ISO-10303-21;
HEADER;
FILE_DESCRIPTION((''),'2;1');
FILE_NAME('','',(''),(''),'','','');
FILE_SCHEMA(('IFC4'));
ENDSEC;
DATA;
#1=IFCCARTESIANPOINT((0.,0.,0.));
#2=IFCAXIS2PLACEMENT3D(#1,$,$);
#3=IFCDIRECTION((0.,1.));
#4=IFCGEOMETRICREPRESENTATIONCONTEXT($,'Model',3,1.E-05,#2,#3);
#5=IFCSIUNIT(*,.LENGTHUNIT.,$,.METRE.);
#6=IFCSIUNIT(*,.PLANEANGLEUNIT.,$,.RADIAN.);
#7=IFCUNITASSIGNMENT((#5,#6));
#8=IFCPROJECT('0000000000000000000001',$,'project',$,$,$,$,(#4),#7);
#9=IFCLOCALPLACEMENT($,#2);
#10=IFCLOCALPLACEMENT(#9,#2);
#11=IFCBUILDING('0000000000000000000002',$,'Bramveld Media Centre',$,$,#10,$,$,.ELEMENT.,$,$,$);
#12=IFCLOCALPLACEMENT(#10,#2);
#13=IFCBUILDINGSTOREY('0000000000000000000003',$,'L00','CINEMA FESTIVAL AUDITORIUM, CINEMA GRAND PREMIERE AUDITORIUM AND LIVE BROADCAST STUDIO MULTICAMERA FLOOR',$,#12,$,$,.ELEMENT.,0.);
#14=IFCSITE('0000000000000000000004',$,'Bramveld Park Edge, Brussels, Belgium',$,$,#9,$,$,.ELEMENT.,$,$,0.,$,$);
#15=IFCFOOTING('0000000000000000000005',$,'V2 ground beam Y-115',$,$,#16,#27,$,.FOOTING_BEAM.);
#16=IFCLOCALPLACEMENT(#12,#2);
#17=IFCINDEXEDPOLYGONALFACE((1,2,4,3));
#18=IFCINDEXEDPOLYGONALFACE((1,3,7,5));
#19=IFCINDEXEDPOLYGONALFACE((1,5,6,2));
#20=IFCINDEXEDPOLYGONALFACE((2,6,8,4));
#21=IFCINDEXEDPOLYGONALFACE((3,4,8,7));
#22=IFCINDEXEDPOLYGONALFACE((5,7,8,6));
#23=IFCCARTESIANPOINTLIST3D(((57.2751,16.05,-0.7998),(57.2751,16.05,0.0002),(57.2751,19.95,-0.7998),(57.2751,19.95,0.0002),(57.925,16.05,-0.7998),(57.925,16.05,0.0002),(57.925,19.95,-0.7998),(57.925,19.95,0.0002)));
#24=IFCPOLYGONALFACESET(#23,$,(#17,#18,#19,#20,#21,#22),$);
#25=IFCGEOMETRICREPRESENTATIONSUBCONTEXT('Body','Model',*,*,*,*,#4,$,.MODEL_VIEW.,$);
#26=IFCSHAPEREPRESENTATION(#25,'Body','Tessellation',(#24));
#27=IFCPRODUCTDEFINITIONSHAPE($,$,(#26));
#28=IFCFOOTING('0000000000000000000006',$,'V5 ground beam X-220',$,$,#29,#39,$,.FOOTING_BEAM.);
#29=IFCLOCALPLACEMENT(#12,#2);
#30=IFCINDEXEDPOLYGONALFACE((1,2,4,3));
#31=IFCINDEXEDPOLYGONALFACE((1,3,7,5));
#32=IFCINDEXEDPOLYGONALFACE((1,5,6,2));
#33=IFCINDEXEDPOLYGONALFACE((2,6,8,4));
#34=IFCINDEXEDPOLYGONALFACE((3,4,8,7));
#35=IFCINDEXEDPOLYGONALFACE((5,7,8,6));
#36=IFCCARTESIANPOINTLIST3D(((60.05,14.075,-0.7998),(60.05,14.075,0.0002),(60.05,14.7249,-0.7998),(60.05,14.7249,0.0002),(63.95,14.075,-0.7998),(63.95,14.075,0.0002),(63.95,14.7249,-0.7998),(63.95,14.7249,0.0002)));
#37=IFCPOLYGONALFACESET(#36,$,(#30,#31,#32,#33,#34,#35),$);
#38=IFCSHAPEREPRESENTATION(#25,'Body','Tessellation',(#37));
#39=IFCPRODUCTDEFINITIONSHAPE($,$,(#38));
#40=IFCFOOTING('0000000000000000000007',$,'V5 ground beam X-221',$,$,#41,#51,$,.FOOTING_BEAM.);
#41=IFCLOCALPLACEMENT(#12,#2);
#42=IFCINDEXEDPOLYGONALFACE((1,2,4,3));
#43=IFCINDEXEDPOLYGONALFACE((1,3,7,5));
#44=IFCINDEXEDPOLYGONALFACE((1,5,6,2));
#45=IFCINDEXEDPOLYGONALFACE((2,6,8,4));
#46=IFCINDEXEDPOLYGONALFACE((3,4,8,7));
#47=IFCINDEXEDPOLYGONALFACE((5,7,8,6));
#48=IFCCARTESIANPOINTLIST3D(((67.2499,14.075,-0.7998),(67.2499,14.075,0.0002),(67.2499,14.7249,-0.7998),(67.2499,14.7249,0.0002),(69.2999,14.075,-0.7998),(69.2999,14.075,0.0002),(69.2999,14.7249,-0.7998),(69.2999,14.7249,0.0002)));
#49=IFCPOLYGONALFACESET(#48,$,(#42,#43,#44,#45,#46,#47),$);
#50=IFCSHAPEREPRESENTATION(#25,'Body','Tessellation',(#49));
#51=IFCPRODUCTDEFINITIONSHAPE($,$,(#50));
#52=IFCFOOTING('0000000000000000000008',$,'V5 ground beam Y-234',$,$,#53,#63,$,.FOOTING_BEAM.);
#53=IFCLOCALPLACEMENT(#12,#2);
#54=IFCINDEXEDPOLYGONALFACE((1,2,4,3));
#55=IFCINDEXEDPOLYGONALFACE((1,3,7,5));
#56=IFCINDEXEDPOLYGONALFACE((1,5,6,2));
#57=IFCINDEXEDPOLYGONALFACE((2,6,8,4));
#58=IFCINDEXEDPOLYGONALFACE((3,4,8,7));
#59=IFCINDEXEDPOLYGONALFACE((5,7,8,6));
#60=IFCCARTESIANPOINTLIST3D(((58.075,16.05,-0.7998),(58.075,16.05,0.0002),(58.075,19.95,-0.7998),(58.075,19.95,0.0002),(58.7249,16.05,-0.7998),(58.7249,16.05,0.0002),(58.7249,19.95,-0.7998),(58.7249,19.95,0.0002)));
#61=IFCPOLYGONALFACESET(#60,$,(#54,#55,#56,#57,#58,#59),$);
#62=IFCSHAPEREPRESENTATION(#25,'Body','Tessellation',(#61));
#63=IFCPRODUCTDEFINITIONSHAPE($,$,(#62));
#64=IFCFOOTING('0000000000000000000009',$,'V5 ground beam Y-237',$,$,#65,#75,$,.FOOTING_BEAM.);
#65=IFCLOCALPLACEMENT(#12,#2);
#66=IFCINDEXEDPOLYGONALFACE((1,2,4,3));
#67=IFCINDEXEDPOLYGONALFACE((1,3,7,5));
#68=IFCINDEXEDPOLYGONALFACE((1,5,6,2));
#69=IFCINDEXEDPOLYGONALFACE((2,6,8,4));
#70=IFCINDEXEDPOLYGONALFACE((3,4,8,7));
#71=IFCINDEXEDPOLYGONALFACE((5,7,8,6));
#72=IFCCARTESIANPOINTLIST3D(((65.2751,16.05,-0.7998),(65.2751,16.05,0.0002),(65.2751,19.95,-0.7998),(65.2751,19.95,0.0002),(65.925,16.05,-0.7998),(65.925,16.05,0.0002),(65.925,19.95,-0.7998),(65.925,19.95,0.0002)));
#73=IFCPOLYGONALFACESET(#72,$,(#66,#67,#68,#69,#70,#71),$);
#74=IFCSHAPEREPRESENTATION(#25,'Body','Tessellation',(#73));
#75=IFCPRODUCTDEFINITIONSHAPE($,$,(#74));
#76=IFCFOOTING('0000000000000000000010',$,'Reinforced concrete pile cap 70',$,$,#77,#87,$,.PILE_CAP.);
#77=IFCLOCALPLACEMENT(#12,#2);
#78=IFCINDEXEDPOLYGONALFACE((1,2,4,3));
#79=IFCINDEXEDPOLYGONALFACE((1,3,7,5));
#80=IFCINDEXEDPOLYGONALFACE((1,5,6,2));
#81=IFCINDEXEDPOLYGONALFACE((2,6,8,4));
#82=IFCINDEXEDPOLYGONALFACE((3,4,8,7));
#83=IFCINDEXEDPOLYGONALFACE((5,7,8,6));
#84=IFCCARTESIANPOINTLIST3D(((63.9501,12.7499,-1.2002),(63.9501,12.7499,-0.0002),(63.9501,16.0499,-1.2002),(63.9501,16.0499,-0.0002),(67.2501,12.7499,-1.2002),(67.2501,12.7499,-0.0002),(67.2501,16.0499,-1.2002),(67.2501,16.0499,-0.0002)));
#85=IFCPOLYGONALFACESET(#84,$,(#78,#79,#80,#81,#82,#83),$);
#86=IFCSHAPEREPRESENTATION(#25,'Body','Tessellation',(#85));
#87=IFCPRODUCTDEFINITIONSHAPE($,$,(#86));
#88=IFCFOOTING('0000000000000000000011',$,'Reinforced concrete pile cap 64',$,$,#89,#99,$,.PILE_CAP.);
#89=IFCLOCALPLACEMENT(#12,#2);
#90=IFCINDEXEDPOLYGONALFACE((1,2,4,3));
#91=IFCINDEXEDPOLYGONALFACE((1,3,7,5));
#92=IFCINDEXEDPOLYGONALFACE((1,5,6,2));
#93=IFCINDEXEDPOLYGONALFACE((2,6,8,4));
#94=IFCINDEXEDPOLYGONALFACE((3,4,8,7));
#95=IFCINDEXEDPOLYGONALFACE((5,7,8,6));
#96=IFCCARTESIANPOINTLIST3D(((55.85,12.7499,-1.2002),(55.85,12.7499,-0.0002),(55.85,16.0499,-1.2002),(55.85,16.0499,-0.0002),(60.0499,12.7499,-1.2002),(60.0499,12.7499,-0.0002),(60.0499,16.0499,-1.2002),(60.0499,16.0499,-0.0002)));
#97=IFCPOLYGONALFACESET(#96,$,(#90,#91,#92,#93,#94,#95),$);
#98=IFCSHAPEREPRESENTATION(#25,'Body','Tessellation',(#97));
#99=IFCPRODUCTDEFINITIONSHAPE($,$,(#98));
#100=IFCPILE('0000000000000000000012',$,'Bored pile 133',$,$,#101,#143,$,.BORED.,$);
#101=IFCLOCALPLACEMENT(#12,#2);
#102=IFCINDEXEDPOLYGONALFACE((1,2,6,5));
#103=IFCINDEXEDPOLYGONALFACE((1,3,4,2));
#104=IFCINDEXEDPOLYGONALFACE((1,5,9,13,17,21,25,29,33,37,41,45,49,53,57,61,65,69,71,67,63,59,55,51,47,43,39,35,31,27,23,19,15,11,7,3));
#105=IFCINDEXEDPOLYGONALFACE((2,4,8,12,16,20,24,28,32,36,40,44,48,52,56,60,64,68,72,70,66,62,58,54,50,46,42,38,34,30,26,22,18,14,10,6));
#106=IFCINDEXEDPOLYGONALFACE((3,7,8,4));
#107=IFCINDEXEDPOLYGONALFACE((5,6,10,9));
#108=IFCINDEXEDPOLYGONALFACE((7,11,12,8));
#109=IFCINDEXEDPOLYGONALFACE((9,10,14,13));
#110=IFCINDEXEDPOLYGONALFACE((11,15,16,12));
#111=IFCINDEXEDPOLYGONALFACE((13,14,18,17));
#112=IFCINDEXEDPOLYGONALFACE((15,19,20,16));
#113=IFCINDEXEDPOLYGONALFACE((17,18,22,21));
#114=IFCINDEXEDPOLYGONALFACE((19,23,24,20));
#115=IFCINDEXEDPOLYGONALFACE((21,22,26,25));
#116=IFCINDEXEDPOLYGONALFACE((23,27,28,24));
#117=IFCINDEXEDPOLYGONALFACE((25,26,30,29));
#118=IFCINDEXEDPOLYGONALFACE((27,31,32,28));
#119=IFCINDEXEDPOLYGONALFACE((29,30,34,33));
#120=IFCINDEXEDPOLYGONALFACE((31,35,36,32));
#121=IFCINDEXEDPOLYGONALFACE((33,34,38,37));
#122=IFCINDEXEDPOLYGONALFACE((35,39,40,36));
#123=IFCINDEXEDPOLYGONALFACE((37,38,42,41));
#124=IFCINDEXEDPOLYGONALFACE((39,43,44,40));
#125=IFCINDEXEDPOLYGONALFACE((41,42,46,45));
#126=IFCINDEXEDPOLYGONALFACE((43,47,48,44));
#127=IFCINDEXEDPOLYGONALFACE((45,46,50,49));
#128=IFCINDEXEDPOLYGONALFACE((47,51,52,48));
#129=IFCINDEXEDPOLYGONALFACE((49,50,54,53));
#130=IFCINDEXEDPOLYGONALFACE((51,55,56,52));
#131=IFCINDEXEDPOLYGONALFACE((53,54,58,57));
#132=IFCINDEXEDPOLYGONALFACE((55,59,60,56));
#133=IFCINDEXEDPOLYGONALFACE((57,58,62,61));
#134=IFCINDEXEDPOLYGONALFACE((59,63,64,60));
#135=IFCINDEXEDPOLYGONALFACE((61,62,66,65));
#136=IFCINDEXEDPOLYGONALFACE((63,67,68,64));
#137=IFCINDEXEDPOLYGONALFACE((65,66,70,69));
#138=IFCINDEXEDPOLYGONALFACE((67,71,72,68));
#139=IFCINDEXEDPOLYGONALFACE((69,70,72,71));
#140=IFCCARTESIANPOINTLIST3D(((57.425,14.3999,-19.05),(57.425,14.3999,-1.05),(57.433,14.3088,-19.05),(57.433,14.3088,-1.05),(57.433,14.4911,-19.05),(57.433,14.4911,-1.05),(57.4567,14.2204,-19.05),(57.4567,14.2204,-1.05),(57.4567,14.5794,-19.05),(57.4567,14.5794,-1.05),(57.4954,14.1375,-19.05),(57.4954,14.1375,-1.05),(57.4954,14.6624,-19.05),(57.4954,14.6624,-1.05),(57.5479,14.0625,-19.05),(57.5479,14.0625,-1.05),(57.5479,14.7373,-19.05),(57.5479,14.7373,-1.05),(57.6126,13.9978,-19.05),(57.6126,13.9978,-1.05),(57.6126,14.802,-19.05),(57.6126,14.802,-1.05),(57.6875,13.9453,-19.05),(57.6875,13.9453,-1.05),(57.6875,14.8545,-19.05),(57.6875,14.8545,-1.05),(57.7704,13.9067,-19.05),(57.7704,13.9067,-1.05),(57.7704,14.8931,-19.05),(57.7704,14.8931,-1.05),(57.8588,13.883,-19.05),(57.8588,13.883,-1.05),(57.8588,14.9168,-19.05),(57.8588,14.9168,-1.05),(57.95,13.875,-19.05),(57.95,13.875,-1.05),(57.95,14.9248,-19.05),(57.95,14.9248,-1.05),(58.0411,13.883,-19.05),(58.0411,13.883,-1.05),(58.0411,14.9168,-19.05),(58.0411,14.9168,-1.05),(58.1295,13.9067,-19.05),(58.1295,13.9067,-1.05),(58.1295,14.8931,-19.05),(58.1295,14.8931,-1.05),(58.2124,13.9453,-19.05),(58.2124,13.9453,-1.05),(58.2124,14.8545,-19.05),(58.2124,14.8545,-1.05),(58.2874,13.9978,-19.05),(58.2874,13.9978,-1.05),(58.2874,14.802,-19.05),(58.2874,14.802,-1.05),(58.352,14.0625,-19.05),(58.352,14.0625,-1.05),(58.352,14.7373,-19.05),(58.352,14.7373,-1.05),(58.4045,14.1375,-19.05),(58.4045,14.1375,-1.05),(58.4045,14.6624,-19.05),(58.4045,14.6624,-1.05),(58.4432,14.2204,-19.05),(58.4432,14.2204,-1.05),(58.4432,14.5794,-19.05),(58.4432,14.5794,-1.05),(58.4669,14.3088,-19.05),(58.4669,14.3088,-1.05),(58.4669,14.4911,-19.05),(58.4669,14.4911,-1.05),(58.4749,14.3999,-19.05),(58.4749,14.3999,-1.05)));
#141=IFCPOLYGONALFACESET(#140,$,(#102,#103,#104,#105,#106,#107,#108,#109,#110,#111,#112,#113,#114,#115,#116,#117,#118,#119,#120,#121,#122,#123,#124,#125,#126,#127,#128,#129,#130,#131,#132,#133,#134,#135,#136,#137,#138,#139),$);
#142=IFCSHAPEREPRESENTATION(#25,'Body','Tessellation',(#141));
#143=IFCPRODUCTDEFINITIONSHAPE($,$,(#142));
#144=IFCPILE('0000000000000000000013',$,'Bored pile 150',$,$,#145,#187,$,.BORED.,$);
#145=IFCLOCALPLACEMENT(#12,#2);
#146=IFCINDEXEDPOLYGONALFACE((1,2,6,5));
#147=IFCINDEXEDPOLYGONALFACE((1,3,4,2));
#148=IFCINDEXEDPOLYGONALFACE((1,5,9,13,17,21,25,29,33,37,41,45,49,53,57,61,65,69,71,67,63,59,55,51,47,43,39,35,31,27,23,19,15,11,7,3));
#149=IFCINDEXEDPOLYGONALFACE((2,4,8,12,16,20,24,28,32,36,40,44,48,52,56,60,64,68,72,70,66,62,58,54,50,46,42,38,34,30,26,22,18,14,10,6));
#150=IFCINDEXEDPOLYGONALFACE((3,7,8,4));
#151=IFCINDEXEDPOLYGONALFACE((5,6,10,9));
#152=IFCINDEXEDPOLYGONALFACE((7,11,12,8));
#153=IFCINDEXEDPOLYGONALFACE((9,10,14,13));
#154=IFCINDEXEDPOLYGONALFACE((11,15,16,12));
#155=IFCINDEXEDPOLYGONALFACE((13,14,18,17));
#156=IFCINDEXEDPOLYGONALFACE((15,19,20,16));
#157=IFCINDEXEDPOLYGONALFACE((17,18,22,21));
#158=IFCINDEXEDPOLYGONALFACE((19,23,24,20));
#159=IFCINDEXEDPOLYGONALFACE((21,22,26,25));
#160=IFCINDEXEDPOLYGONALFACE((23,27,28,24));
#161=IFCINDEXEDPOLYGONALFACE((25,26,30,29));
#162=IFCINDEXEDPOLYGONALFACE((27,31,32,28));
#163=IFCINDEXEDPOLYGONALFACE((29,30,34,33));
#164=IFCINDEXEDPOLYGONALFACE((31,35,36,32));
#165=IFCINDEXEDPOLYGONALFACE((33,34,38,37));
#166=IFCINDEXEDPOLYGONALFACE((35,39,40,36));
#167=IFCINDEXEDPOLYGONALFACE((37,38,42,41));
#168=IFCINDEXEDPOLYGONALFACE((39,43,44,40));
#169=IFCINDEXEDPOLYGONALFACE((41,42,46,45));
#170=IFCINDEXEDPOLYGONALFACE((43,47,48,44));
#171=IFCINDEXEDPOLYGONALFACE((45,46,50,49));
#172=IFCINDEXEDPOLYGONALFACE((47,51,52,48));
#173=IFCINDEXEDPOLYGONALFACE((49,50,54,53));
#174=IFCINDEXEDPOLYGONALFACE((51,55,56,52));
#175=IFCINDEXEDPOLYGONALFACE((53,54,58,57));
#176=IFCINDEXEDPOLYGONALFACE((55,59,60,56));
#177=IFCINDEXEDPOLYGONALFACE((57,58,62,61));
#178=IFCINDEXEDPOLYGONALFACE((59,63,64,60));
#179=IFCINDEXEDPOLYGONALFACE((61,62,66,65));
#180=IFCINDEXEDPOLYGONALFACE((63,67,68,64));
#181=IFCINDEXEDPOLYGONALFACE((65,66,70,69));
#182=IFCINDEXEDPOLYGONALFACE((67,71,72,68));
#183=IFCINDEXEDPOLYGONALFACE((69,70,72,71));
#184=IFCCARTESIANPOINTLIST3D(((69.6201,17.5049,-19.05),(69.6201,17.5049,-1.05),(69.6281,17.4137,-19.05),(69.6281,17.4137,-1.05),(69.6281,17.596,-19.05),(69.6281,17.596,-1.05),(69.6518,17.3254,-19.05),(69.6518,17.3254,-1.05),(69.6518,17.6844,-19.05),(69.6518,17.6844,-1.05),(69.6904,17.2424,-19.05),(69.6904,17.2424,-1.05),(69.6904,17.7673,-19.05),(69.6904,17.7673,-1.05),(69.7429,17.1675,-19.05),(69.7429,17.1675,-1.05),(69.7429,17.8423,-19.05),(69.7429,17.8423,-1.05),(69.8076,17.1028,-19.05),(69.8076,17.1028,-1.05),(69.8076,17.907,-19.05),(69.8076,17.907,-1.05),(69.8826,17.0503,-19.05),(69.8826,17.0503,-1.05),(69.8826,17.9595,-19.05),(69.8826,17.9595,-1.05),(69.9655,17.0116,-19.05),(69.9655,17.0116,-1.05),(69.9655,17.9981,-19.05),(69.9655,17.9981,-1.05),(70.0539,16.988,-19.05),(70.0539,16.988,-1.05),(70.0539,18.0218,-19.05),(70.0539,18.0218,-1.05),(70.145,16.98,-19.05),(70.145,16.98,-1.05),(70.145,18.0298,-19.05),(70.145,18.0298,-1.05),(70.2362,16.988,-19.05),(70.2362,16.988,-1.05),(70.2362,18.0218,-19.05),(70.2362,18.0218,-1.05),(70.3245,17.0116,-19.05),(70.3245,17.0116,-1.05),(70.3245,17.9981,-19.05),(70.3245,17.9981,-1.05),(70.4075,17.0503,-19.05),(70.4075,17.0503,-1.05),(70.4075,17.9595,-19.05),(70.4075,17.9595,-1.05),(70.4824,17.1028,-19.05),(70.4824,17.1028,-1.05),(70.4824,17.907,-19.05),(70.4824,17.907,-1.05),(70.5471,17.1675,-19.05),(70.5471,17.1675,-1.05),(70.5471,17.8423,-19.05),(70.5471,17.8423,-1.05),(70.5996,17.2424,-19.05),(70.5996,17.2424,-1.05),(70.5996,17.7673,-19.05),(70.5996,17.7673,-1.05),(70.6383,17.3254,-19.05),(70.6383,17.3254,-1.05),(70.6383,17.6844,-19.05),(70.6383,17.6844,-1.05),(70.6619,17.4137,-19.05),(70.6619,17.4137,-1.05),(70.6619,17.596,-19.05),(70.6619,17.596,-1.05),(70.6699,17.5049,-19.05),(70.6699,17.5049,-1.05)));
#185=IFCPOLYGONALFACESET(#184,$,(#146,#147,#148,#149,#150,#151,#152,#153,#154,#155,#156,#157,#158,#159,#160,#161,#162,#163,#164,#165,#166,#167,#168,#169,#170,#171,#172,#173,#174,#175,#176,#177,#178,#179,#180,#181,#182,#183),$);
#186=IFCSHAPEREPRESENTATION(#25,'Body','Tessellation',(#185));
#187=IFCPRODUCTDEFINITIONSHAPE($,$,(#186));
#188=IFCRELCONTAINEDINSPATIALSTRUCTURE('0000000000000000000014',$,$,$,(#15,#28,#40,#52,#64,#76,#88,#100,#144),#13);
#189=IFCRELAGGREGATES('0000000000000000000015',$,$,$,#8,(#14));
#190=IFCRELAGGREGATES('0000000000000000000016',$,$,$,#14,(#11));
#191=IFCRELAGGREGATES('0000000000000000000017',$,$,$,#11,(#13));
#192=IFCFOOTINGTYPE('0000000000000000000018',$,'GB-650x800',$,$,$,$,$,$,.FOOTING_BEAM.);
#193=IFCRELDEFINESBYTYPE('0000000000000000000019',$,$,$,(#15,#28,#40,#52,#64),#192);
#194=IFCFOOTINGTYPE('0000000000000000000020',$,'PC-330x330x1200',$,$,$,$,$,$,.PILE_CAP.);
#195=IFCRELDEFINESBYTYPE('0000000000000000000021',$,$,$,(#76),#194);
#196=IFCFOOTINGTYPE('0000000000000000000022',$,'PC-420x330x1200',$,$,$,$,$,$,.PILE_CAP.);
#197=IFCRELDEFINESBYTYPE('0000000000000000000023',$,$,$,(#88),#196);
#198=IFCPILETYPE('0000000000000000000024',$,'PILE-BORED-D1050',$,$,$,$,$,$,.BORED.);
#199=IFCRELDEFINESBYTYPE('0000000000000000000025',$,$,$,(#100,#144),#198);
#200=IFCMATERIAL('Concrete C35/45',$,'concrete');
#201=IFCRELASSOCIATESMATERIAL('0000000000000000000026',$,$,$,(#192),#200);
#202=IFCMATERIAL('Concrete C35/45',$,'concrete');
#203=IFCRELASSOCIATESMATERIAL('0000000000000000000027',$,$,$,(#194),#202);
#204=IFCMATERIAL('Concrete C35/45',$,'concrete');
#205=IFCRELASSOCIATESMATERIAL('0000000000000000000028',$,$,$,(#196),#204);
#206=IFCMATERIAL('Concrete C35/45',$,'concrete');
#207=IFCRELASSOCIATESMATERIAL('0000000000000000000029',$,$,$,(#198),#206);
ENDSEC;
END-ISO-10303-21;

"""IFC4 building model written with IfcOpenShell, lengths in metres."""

from ifc_helpers import new_model, si_unit, direction, frame, origin, origin_2d, place, context, subcontext, project, spatial, rectangle, circle, extrude, material, material_profile, profile_set, type_object, element, save


model = new_model("IFC4")

# Units and contexts
model_context = context("Model", 3, precision=1e-05, world=origin(), true_north=direction((0.0, 1.0)))
body_context = subcontext(model_context, "Body", "Model", "MODEL_VIEW")
ifc_project = project(units=[si_unit("LENGTHUNIT", "METRE"), si_unit("PLANEANGLEUNIT", "RADIAN")], contexts=[model_context])

# Site, building, storey
site_placement = place(None, origin())
site = spatial("IfcSite", under=ifc_project, at=site_placement, Name="Bramveld Park Edge, Brussels, Belgium", CompositionType="ELEMENT", RefElevation=0.0)
building_placement = place(site_placement, origin())
building = spatial("IfcBuilding", under=site, at=building_placement, Name="Bramveld Media Centre", CompositionType="ELEMENT")
storey_placement = place(building_placement, origin())
storey = spatial("IfcBuildingStorey", under=building, at=storey_placement, Name="L00", Description="CINEMA FESTIVAL AUDITORIUM, CINEMA GRAND PREMIERE AUDITORIUM AND LIVE BROADCAST STUDIO MULTICAMERA FLOOR", CompositionType="ELEMENT", Elevation=0.0)

# Footings
ifc_material_1 = material(Name="Concrete C35/45", Category="concrete")
footing_type_1 = type_object("IfcFootingType", Name="GB-650x800", PredefinedType="FOOTING_BEAM", material=ifc_material_1)
footing_1_placement = place(storey_placement, frame((57.6001, 18.0, -0.7998), z_axis=(0.0, 0.0, 1.0), x_axis=(1.0, 0.0, 0.0)))
element("IfcFooting", 1, at=footing_1_placement, inside=storey, type_object=footing_type_1, Name="V2 ground beam Y-115", PredefinedType="FOOTING_BEAM", context=body_context, shape_type="SweptSolid", body=[
    extrude(rectangle(XDim=0.6499, YDim=3.8999, at=origin_2d()), origin(), (0.0, 0.0, 1.0), 0.8),
])
footing_2_placement = place(storey_placement, frame((62.0, 14.3999, -0.7998), z_axis=(0.0, 0.0, 1.0), x_axis=(1.0, 0.0, 0.0)))
element("IfcFooting", 2, at=footing_2_placement, inside=storey, type_object=footing_type_1, Name="V5 ground beam X-220", PredefinedType="FOOTING_BEAM", context=body_context, shape_type="SweptSolid", body=[
    extrude(rectangle(XDim=3.8999, YDim=0.6499, at=origin_2d()), origin(), (0.0, 0.0, 1.0), 0.8),
])
footing_3_placement = place(storey_placement, frame((68.2749, 14.3999, -0.7998), z_axis=(0.0, 0.0, 1.0), x_axis=(1.0, 0.0, 0.0)))
element("IfcFooting", 3, at=footing_3_placement, inside=storey, type_object=footing_type_1, Name="V5 ground beam X-221", PredefinedType="FOOTING_BEAM", context=body_context, shape_type="SweptSolid", body=[
    extrude(rectangle(XDim=2.05, YDim=0.6499, at=origin_2d()), origin(), (0.0, 0.0, 1.0), 0.8),
])
for number, where, z_axis, x_axis, name in (
    (4, (58.3999, 18.0, -0.7998), (0.0, 0.0, 1.0), (1.0, 0.0, 0.0), "V5 ground beam Y-234"),
    (5, (65.6001, 18.0, -0.7998), (0.0, 0.0, 1.0), (1.0, 0.0, 0.0), "V5 ground beam Y-237"),
):
    element("IfcFooting", number, at=place(storey_placement, frame(where, z_axis=z_axis, x_axis=x_axis)), inside=storey, type_object=footing_type_1, Name=name, PredefinedType="FOOTING_BEAM", context=body_context, shape_type="SweptSolid", body=[
        extrude(rectangle(XDim=0.6499, YDim=3.8999, at=origin_2d()), origin(), (0.0, 0.0, 1.0), 0.8),
    ])
ifc_material_2 = material(Name="Concrete C35/45", Category="concrete")
footing_type_2 = type_object("IfcFootingType", Name="PC-330x330x1200", PredefinedType="PILE_CAP", material=ifc_material_2)
footing_4_placement = place(storey_placement, frame((65.6001, 14.3999, -1.2002), z_axis=(0.0, 0.0, 1.0), x_axis=(1.0, 0.0, 0.0)))
element("IfcFooting", 6, at=footing_4_placement, inside=storey, type_object=footing_type_2, Name="Reinforced concrete pile cap 70", PredefinedType="PILE_CAP", context=body_context, shape_type="SweptSolid", body=[
    extrude(rectangle(XDim=3.3, YDim=3.3, at=origin_2d()), origin(), (0.0, 0.0, 1.0), 1.2),
])
ifc_material_3 = material(Name="Concrete C35/45", Category="concrete")
footing_type_3 = type_object("IfcFootingType", Name="PC-420x330x1200", PredefinedType="PILE_CAP", material=ifc_material_3)
footing_5_placement = place(storey_placement, frame((57.95, 14.3999, -1.2002), z_axis=(0.0, 0.0, 1.0), x_axis=(1.0, 0.0, 0.0)))
element("IfcFooting", 7, at=footing_5_placement, inside=storey, type_object=footing_type_3, Name="Reinforced concrete pile cap 64", PredefinedType="PILE_CAP", context=body_context, shape_type="SweptSolid", body=[
    extrude(rectangle(XDim=4.2, YDim=3.3, at=origin_2d()), origin(), (0.0, 0.0, 1.0), 1.2),
])

# Piles
ifc_material_4 = material(Name="Concrete C35/45", Category="concrete")
ifc_material_profile_1 = material_profile(ifc_material_4, circle(Radius=0.5249, at=origin_2d()), Name="BORED D1050")
ifc_profile_set_1 = profile_set([ifc_material_profile_1], Name="Concrete C35/45")
pile_type_1 = type_object("IfcPileType", Name="PILE-BORED-D1050", PredefinedType="BORED", material=ifc_profile_set_1)
for number, where, z_axis, x_axis, name in (
    (8, (57.95, 14.3999, -1.05), (0.0, 0.0, -1.0), (1.0, 0.0, 0.0), "Bored pile 133"),
    (9, (70.145, 17.5049, -1.05), (0.0, 0.0, -1.0), (1.0, 0.0, 0.0), "Bored pile 150"),
):
    element("IfcPile", number, at=place(storey_placement, frame(where, z_axis=z_axis, x_axis=x_axis)), inside=storey, type_object=pile_type_1, Name=name, PredefinedType="BORED", context=body_context, shape_type="SweptSolid", body=[
        extrude(circle(Radius=0.5249, at=origin_2d()), origin(), (0.0, 0.0, 1.0), 18.0),
    ])

save(model, "model.ifc")
